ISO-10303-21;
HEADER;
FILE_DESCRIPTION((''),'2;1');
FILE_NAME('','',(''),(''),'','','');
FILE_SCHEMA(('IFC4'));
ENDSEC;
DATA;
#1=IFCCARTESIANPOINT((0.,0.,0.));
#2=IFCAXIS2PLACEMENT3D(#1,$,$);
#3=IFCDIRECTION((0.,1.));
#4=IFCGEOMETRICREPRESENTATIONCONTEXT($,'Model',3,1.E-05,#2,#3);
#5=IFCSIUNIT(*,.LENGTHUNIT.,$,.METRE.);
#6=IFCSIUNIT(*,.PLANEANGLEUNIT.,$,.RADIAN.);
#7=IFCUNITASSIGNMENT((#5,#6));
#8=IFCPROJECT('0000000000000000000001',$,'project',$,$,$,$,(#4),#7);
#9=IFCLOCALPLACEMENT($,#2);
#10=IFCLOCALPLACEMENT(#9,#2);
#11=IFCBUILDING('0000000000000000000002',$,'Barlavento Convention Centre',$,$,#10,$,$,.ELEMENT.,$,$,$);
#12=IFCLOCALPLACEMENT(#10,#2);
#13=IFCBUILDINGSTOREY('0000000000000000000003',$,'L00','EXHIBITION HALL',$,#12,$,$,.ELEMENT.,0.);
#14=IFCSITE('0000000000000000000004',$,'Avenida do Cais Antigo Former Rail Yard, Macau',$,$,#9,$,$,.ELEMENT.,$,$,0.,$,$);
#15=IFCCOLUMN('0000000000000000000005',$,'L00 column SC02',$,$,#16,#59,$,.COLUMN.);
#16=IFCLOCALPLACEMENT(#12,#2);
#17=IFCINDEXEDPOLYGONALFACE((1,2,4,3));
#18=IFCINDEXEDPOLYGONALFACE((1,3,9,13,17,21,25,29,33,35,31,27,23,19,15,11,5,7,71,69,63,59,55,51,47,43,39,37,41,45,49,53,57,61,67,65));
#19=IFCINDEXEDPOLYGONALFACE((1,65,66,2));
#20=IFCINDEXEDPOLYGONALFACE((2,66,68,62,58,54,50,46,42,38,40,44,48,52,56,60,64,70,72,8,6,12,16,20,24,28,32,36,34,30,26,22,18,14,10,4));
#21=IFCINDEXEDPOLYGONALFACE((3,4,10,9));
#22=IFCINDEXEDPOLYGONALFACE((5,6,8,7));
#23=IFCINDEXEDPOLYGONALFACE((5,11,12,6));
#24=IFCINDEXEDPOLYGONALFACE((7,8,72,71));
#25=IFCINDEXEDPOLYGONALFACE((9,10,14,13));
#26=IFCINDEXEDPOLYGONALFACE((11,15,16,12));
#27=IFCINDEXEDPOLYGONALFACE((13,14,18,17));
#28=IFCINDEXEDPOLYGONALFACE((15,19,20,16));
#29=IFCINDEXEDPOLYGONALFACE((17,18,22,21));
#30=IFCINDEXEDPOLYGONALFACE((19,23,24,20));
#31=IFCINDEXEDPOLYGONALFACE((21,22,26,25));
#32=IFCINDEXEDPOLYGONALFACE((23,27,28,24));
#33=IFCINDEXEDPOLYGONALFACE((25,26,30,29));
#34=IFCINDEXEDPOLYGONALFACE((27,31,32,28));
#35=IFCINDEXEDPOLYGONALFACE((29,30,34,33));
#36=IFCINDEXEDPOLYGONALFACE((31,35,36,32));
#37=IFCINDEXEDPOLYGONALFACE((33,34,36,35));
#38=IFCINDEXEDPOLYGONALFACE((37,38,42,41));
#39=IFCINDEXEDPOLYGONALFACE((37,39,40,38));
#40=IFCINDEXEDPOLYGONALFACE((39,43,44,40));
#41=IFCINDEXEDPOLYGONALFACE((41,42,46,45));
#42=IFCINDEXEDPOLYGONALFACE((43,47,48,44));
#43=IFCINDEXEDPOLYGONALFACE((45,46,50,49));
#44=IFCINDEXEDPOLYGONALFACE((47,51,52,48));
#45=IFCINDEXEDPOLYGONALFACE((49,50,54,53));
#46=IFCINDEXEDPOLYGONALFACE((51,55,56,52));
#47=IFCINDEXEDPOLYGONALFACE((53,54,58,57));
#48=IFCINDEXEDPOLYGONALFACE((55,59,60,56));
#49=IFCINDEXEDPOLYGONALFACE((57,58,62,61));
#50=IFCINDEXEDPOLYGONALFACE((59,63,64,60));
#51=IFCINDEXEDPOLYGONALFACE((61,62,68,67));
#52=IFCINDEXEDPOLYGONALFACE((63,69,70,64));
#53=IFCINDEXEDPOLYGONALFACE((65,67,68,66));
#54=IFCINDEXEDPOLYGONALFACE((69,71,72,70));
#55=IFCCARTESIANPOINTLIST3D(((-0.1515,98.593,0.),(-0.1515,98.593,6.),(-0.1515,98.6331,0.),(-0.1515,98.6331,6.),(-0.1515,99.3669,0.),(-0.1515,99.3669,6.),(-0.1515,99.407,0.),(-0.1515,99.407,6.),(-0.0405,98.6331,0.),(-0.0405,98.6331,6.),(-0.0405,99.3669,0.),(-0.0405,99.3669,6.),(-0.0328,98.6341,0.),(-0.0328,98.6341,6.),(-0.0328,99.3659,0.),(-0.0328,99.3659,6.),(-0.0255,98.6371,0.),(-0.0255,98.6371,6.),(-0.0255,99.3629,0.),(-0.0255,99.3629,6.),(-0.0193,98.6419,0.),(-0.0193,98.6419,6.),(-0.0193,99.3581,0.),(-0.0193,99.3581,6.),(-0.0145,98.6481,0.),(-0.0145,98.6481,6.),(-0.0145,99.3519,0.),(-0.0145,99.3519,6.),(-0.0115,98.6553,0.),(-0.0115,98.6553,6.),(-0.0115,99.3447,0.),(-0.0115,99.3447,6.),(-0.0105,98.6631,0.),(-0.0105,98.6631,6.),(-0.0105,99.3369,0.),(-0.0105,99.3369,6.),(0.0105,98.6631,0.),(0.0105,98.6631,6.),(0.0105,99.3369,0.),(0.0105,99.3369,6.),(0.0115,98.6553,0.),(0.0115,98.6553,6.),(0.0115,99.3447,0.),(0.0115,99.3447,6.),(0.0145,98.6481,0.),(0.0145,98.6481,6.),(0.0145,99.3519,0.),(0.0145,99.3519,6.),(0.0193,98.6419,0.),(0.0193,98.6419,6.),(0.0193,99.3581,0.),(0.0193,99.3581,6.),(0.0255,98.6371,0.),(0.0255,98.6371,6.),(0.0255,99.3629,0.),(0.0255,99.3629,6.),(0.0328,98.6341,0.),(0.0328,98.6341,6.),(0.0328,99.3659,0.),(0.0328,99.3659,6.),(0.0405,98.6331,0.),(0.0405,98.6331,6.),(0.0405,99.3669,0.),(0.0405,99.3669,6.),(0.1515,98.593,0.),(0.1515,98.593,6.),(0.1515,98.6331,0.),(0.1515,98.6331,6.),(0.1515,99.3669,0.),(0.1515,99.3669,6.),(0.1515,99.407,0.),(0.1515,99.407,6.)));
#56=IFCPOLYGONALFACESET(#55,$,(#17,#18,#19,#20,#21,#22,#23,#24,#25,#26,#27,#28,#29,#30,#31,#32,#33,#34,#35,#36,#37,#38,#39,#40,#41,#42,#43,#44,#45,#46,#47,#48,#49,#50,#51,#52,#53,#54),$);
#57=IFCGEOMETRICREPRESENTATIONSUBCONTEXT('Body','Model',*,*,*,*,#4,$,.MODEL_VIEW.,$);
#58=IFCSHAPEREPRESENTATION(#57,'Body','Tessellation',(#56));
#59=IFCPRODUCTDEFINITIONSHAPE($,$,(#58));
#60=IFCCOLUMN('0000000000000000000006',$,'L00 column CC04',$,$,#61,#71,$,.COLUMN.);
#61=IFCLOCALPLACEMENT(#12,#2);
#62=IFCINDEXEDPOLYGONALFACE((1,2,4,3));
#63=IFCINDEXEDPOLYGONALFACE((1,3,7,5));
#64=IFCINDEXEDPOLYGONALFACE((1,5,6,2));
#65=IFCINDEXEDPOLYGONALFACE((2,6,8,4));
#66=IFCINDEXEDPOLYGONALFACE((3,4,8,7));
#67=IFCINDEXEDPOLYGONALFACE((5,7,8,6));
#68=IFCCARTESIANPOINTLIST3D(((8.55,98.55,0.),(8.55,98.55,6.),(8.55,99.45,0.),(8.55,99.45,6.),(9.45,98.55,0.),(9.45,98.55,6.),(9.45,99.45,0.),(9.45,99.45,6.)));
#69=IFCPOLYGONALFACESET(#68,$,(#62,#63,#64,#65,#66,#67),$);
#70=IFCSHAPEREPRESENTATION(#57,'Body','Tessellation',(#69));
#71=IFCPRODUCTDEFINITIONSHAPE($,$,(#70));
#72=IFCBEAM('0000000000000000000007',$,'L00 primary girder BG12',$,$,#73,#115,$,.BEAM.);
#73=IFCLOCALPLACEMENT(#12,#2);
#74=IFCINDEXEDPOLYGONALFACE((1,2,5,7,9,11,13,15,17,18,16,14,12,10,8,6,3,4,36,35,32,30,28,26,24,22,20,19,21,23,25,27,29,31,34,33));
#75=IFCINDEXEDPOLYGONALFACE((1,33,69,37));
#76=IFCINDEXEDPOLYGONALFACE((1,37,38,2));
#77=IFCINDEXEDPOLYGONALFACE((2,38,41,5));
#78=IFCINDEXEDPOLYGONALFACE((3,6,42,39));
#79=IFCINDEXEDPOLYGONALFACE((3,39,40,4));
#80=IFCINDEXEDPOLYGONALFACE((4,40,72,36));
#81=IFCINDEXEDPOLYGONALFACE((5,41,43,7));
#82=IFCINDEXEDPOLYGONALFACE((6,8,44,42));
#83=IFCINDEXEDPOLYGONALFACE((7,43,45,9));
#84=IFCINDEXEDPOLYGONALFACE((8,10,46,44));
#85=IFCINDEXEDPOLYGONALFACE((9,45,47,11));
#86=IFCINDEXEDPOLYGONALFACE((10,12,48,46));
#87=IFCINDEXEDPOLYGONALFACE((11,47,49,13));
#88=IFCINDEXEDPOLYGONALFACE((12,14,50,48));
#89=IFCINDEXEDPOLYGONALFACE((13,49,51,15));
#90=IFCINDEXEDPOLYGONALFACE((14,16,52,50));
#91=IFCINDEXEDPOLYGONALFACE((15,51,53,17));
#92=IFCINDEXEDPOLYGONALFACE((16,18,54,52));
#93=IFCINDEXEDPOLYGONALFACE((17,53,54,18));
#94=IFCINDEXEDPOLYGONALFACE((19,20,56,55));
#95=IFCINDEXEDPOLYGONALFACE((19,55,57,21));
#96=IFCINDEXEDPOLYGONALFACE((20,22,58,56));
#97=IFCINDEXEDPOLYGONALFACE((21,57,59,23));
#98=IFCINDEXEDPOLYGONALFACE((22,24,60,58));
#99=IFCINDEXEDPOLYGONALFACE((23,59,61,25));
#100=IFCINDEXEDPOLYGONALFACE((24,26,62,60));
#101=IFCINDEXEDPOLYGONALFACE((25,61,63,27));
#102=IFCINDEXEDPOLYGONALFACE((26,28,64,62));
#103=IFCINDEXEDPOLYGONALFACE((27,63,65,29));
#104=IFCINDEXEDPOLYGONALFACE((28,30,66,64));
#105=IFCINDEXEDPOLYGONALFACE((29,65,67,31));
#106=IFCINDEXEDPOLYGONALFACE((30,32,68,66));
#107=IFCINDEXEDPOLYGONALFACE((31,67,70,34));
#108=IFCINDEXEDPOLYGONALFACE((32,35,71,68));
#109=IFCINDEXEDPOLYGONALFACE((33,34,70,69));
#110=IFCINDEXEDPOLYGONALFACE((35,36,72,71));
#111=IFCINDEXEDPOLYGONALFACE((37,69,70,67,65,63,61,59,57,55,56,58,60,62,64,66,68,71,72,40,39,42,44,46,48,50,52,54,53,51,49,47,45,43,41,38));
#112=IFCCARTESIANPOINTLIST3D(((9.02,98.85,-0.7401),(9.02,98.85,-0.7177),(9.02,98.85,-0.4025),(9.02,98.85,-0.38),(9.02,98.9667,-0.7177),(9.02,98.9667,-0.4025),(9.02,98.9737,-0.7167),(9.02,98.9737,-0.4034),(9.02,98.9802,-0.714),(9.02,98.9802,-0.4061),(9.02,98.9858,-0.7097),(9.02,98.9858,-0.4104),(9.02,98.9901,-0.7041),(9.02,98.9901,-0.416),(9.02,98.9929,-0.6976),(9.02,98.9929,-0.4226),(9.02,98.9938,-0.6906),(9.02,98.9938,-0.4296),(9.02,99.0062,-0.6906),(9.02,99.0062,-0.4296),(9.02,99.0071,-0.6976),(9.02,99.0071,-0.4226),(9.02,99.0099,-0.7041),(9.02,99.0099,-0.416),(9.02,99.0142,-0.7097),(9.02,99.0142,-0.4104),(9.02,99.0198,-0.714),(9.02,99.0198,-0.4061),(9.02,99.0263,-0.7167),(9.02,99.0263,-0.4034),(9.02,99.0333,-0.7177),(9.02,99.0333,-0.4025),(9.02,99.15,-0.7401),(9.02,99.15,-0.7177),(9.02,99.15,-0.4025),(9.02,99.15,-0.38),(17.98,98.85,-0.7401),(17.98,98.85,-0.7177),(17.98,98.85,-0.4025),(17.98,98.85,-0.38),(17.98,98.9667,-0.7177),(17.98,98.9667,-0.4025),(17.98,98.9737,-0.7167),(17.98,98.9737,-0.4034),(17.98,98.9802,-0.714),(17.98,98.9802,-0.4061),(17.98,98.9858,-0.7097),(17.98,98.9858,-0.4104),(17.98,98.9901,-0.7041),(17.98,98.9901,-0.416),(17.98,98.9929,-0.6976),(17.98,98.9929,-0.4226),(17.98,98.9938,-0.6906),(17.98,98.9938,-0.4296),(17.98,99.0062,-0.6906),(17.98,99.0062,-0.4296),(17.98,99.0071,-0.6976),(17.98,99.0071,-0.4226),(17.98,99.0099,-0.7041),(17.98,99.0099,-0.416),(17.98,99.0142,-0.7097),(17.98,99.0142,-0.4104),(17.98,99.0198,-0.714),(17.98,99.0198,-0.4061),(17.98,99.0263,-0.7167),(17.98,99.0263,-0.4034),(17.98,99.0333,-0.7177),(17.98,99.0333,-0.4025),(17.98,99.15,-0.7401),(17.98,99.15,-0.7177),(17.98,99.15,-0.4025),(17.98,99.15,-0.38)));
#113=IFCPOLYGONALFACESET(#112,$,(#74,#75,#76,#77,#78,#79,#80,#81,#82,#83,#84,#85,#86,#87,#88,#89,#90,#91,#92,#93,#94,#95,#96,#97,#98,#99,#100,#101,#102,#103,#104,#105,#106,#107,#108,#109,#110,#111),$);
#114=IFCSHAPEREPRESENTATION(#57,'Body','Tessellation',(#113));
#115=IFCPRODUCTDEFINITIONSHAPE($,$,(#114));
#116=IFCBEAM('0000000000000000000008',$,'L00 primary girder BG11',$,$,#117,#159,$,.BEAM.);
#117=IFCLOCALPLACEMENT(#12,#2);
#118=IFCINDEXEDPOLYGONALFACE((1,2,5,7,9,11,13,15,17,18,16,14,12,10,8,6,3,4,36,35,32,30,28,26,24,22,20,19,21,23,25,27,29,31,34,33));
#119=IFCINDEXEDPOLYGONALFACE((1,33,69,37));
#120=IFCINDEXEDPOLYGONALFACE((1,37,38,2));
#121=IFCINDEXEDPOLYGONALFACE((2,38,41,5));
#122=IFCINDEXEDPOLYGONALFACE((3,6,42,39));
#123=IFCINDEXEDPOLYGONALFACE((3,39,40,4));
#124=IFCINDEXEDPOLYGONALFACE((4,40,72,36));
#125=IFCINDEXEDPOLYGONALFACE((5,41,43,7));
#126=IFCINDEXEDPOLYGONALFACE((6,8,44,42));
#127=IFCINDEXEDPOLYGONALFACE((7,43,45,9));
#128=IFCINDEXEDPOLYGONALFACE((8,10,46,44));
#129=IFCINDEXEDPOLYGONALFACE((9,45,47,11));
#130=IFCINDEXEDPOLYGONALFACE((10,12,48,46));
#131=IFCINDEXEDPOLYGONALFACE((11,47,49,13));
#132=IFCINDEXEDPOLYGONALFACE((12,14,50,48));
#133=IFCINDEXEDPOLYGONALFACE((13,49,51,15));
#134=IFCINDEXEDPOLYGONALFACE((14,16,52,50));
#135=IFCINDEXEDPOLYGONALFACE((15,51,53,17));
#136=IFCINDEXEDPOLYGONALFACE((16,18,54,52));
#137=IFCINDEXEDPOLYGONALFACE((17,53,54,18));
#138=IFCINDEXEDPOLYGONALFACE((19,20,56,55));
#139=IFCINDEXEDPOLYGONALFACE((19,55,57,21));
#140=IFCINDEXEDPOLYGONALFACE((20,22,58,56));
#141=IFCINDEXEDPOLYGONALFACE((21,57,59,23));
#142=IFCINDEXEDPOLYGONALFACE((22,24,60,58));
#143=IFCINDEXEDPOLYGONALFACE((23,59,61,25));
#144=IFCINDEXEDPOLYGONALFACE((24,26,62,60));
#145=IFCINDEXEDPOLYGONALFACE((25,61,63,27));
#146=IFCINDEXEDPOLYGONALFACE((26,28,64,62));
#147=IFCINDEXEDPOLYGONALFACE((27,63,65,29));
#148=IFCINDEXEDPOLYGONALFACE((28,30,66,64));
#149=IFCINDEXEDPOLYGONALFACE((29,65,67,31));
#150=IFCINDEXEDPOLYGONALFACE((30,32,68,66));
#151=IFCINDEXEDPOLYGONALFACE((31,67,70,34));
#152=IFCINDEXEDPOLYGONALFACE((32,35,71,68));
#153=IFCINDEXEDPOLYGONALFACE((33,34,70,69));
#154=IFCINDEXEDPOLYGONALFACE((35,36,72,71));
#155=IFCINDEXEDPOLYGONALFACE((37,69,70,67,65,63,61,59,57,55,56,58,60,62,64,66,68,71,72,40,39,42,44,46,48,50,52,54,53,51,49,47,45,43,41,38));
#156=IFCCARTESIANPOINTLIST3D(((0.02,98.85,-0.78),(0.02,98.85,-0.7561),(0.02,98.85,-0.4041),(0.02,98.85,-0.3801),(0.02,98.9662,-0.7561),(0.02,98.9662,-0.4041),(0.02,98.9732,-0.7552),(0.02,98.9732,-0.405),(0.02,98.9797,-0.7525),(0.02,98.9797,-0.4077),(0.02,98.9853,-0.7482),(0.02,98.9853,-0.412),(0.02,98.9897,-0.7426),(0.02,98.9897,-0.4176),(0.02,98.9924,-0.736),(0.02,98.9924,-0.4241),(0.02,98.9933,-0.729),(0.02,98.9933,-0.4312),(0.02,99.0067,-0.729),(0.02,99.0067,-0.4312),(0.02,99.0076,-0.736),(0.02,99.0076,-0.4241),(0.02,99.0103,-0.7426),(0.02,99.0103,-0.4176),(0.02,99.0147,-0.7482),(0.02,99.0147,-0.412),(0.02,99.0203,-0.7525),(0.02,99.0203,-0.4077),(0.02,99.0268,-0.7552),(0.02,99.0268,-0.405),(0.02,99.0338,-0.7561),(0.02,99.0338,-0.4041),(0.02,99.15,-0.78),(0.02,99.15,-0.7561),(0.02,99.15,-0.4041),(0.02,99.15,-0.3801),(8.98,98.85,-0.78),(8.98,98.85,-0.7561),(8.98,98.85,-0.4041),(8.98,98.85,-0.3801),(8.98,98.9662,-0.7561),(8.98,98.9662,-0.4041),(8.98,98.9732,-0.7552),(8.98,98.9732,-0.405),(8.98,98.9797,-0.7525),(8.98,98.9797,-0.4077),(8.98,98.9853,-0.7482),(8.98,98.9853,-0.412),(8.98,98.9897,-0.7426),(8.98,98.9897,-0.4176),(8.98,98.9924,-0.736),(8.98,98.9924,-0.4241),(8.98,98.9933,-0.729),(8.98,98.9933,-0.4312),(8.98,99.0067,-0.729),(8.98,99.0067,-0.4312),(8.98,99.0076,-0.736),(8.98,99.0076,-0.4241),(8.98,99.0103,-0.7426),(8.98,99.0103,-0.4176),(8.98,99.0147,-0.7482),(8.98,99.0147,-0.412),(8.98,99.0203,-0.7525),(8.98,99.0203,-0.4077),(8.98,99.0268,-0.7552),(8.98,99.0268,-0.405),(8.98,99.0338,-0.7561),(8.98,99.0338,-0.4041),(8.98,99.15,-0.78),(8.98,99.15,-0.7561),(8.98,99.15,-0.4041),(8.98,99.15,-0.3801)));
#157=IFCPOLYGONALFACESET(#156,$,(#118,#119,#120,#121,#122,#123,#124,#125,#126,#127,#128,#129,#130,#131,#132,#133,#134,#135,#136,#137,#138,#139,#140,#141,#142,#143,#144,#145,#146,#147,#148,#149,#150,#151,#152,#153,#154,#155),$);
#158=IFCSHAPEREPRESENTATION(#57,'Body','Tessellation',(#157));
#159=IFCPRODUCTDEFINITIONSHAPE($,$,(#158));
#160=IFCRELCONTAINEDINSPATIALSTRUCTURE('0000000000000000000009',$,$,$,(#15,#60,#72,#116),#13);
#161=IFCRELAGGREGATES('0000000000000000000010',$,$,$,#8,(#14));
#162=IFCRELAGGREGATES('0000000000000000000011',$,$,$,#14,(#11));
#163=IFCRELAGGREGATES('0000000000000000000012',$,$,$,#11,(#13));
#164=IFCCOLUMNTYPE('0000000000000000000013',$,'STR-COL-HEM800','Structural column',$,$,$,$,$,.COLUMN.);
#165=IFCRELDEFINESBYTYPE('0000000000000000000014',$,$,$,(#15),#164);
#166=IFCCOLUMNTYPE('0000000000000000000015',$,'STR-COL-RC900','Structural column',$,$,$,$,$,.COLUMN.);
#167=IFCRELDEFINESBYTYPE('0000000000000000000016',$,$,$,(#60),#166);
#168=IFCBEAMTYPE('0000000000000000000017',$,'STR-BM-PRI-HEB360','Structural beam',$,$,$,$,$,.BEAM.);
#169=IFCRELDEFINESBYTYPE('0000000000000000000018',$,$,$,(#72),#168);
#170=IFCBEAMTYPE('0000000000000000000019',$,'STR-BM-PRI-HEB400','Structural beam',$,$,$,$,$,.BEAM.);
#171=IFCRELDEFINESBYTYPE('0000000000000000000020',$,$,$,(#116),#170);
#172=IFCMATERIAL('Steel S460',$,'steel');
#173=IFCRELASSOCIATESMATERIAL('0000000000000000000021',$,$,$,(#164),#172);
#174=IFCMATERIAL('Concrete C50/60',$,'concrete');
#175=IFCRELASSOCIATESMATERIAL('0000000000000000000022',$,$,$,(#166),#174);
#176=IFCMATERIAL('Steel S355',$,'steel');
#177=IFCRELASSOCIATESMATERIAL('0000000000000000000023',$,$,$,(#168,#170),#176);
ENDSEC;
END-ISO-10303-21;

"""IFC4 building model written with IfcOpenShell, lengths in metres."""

from ifc_helpers import new_model, si_unit, direction, frame, origin, origin_2d, place, context, subcontext, project, spatial, rectangle, i_section, extrude, material, material_profile, profile_set, type_object, element, save


model = new_model("IFC4")

# Units and contexts
model_context = context("Model", 3, precision=1e-05, world=origin(), true_north=direction((0.0, 1.0)))
body_context = subcontext(model_context, "Body", "Model", "MODEL_VIEW")
ifc_project = project(units=[si_unit("LENGTHUNIT", "METRE"), si_unit("PLANEANGLEUNIT", "RADIAN")], contexts=[model_context])

# Site, building, storey
site_placement = place(None, origin())
site = spatial("IfcSite", under=ifc_project, at=site_placement, Name="Avenida do Cais Antigo Former Rail Yard, Macau", CompositionType="ELEMENT", RefElevation=0.0)
building_placement = place(site_placement, origin())
building = spatial("IfcBuilding", under=site, at=building_placement, Name="Barlavento Convention Centre", CompositionType="ELEMENT")
storey_placement = place(building_placement, origin())
storey = spatial("IfcBuildingStorey", under=building, at=storey_placement, Name="L00", Description="EXHIBITION HALL", CompositionType="ELEMENT", Elevation=0.0)

# Columns
ifc_material_1 = material(Name="Steel S460", Category="steel")
ifc_material_profile_1 = material_profile(ifc_material_1, i_section(OverallWidth=0.303, OverallDepth=0.814, WebThickness=0.021, FlangeThickness=0.04, FilletRadius=0.03, at=origin_2d()), Name="HEM 800")
ifc_profile_set_1 = profile_set([ifc_material_profile_1], Name="Steel S460")
column_type_1 = type_object("IfcColumnType", Name="STR-COL-HEM800", Description="Structural column", PredefinedType="COLUMN", material=ifc_profile_set_1)
column_1_placement = place(storey_placement, frame((0.0, 99.0, 0.0), z_axis=(0.0, 0.0, 1.0), x_axis=(1.0, 0.0, 0.0)))
element("IfcColumn", 1, at=column_1_placement, inside=storey, type_object=column_type_1, Name="L00 column SC02", PredefinedType="COLUMN", context=body_context, shape_type="SweptSolid", body=[
    extrude(i_section(OverallWidth=0.303, OverallDepth=0.814, WebThickness=0.021, FlangeThickness=0.04, FilletRadius=0.03, at=origin_2d()), origin(), (0.0, 0.0, 1.0), 6.0),
])
ifc_material_2 = material(Name="Concrete C50/60", Category="concrete")
ifc_material_profile_2 = material_profile(ifc_material_2, rectangle(XDim=0.8999, YDim=0.8999, at=origin_2d()), Name="RC 900x900")
ifc_profile_set_2 = profile_set([ifc_material_profile_2], Name="Concrete C50/60")
column_type_2 = type_object("IfcColumnType", Name="STR-COL-RC900", Description="Structural column", PredefinedType="COLUMN", material=ifc_profile_set_2)
column_2_placement = place(storey_placement, frame((9.0, 99.0, 0.0), z_axis=(0.0, 0.0, 1.0), x_axis=(1.0, 0.0, 0.0)))
element("IfcColumn", 2, at=column_2_placement, inside=storey, type_object=column_type_2, Name="L00 column CC04", PredefinedType="COLUMN", context=body_context, shape_type="SweptSolid", body=[
    extrude(rectangle(XDim=0.8999, YDim=0.8999, at=origin_2d()), origin(), (0.0, 0.0, 1.0), 6.0),
])

# Beams
ifc_material_3 = material(Name="Steel S355", Category="steel")
ifc_material_profile_3 = material_profile(ifc_material_3, i_section(OverallWidth=0.3, OverallDepth=0.3601, WebThickness=0.0125, FlangeThickness=0.0225, FilletRadius=0.0271, at=origin_2d()), Name="HEB 360")
ifc_profile_set_3 = profile_set([ifc_material_profile_3], Name="Steel S355")
beam_type_1 = type_object("IfcBeamType", Name="STR-BM-PRI-HEB360", Description="Structural beam", PredefinedType="BEAM", material=ifc_profile_set_3)
beam_1_placement = place(storey_placement, frame((9.02, 99.0, -0.5601), z_axis=(1.0, 0.0, 0.0), x_axis=(0.0, 1.0, 0.0)))
element("IfcBeam", 3, at=beam_1_placement, inside=storey, type_object=beam_type_1, Name="L00 primary girder BG12", PredefinedType="BEAM", context=body_context, shape_type="SweptSolid", body=[
    extrude(i_section(OverallWidth=0.3, OverallDepth=0.3601, WebThickness=0.0125, FlangeThickness=0.0225, FilletRadius=0.0271, at=origin_2d()), origin(), (0.0, 0.0, 1.0), 8.96),
])
ifc_material_profile_4 = material_profile(ifc_material_3, i_section(OverallWidth=0.3, OverallDepth=0.3999, WebThickness=0.0134, FlangeThickness=0.0239, FilletRadius=0.0271, at=origin_2d()), Name="HEB 400")
ifc_profile_set_4 = profile_set([ifc_material_profile_4], Name="Steel S355")
beam_type_2 = type_object("IfcBeamType", Name="STR-BM-PRI-HEB400", Description="Structural beam", PredefinedType="BEAM", material=ifc_profile_set_4)
beam_2_placement = place(storey_placement, frame((0.02, 99.0, -0.5801), z_axis=(1.0, 0.0, 0.0), x_axis=(0.0, 1.0, 0.0)))
element("IfcBeam", 4, at=beam_2_placement, inside=storey, type_object=beam_type_2, Name="L00 primary girder BG11", PredefinedType="BEAM", context=body_context, shape_type="SweptSolid", body=[
    extrude(i_section(OverallWidth=0.3, OverallDepth=0.3999, WebThickness=0.0134, FlangeThickness=0.0239, FilletRadius=0.0271, at=origin_2d()), origin(), (0.0, 0.0, 1.0), 8.96),
])

save(model, "model.ifc")
